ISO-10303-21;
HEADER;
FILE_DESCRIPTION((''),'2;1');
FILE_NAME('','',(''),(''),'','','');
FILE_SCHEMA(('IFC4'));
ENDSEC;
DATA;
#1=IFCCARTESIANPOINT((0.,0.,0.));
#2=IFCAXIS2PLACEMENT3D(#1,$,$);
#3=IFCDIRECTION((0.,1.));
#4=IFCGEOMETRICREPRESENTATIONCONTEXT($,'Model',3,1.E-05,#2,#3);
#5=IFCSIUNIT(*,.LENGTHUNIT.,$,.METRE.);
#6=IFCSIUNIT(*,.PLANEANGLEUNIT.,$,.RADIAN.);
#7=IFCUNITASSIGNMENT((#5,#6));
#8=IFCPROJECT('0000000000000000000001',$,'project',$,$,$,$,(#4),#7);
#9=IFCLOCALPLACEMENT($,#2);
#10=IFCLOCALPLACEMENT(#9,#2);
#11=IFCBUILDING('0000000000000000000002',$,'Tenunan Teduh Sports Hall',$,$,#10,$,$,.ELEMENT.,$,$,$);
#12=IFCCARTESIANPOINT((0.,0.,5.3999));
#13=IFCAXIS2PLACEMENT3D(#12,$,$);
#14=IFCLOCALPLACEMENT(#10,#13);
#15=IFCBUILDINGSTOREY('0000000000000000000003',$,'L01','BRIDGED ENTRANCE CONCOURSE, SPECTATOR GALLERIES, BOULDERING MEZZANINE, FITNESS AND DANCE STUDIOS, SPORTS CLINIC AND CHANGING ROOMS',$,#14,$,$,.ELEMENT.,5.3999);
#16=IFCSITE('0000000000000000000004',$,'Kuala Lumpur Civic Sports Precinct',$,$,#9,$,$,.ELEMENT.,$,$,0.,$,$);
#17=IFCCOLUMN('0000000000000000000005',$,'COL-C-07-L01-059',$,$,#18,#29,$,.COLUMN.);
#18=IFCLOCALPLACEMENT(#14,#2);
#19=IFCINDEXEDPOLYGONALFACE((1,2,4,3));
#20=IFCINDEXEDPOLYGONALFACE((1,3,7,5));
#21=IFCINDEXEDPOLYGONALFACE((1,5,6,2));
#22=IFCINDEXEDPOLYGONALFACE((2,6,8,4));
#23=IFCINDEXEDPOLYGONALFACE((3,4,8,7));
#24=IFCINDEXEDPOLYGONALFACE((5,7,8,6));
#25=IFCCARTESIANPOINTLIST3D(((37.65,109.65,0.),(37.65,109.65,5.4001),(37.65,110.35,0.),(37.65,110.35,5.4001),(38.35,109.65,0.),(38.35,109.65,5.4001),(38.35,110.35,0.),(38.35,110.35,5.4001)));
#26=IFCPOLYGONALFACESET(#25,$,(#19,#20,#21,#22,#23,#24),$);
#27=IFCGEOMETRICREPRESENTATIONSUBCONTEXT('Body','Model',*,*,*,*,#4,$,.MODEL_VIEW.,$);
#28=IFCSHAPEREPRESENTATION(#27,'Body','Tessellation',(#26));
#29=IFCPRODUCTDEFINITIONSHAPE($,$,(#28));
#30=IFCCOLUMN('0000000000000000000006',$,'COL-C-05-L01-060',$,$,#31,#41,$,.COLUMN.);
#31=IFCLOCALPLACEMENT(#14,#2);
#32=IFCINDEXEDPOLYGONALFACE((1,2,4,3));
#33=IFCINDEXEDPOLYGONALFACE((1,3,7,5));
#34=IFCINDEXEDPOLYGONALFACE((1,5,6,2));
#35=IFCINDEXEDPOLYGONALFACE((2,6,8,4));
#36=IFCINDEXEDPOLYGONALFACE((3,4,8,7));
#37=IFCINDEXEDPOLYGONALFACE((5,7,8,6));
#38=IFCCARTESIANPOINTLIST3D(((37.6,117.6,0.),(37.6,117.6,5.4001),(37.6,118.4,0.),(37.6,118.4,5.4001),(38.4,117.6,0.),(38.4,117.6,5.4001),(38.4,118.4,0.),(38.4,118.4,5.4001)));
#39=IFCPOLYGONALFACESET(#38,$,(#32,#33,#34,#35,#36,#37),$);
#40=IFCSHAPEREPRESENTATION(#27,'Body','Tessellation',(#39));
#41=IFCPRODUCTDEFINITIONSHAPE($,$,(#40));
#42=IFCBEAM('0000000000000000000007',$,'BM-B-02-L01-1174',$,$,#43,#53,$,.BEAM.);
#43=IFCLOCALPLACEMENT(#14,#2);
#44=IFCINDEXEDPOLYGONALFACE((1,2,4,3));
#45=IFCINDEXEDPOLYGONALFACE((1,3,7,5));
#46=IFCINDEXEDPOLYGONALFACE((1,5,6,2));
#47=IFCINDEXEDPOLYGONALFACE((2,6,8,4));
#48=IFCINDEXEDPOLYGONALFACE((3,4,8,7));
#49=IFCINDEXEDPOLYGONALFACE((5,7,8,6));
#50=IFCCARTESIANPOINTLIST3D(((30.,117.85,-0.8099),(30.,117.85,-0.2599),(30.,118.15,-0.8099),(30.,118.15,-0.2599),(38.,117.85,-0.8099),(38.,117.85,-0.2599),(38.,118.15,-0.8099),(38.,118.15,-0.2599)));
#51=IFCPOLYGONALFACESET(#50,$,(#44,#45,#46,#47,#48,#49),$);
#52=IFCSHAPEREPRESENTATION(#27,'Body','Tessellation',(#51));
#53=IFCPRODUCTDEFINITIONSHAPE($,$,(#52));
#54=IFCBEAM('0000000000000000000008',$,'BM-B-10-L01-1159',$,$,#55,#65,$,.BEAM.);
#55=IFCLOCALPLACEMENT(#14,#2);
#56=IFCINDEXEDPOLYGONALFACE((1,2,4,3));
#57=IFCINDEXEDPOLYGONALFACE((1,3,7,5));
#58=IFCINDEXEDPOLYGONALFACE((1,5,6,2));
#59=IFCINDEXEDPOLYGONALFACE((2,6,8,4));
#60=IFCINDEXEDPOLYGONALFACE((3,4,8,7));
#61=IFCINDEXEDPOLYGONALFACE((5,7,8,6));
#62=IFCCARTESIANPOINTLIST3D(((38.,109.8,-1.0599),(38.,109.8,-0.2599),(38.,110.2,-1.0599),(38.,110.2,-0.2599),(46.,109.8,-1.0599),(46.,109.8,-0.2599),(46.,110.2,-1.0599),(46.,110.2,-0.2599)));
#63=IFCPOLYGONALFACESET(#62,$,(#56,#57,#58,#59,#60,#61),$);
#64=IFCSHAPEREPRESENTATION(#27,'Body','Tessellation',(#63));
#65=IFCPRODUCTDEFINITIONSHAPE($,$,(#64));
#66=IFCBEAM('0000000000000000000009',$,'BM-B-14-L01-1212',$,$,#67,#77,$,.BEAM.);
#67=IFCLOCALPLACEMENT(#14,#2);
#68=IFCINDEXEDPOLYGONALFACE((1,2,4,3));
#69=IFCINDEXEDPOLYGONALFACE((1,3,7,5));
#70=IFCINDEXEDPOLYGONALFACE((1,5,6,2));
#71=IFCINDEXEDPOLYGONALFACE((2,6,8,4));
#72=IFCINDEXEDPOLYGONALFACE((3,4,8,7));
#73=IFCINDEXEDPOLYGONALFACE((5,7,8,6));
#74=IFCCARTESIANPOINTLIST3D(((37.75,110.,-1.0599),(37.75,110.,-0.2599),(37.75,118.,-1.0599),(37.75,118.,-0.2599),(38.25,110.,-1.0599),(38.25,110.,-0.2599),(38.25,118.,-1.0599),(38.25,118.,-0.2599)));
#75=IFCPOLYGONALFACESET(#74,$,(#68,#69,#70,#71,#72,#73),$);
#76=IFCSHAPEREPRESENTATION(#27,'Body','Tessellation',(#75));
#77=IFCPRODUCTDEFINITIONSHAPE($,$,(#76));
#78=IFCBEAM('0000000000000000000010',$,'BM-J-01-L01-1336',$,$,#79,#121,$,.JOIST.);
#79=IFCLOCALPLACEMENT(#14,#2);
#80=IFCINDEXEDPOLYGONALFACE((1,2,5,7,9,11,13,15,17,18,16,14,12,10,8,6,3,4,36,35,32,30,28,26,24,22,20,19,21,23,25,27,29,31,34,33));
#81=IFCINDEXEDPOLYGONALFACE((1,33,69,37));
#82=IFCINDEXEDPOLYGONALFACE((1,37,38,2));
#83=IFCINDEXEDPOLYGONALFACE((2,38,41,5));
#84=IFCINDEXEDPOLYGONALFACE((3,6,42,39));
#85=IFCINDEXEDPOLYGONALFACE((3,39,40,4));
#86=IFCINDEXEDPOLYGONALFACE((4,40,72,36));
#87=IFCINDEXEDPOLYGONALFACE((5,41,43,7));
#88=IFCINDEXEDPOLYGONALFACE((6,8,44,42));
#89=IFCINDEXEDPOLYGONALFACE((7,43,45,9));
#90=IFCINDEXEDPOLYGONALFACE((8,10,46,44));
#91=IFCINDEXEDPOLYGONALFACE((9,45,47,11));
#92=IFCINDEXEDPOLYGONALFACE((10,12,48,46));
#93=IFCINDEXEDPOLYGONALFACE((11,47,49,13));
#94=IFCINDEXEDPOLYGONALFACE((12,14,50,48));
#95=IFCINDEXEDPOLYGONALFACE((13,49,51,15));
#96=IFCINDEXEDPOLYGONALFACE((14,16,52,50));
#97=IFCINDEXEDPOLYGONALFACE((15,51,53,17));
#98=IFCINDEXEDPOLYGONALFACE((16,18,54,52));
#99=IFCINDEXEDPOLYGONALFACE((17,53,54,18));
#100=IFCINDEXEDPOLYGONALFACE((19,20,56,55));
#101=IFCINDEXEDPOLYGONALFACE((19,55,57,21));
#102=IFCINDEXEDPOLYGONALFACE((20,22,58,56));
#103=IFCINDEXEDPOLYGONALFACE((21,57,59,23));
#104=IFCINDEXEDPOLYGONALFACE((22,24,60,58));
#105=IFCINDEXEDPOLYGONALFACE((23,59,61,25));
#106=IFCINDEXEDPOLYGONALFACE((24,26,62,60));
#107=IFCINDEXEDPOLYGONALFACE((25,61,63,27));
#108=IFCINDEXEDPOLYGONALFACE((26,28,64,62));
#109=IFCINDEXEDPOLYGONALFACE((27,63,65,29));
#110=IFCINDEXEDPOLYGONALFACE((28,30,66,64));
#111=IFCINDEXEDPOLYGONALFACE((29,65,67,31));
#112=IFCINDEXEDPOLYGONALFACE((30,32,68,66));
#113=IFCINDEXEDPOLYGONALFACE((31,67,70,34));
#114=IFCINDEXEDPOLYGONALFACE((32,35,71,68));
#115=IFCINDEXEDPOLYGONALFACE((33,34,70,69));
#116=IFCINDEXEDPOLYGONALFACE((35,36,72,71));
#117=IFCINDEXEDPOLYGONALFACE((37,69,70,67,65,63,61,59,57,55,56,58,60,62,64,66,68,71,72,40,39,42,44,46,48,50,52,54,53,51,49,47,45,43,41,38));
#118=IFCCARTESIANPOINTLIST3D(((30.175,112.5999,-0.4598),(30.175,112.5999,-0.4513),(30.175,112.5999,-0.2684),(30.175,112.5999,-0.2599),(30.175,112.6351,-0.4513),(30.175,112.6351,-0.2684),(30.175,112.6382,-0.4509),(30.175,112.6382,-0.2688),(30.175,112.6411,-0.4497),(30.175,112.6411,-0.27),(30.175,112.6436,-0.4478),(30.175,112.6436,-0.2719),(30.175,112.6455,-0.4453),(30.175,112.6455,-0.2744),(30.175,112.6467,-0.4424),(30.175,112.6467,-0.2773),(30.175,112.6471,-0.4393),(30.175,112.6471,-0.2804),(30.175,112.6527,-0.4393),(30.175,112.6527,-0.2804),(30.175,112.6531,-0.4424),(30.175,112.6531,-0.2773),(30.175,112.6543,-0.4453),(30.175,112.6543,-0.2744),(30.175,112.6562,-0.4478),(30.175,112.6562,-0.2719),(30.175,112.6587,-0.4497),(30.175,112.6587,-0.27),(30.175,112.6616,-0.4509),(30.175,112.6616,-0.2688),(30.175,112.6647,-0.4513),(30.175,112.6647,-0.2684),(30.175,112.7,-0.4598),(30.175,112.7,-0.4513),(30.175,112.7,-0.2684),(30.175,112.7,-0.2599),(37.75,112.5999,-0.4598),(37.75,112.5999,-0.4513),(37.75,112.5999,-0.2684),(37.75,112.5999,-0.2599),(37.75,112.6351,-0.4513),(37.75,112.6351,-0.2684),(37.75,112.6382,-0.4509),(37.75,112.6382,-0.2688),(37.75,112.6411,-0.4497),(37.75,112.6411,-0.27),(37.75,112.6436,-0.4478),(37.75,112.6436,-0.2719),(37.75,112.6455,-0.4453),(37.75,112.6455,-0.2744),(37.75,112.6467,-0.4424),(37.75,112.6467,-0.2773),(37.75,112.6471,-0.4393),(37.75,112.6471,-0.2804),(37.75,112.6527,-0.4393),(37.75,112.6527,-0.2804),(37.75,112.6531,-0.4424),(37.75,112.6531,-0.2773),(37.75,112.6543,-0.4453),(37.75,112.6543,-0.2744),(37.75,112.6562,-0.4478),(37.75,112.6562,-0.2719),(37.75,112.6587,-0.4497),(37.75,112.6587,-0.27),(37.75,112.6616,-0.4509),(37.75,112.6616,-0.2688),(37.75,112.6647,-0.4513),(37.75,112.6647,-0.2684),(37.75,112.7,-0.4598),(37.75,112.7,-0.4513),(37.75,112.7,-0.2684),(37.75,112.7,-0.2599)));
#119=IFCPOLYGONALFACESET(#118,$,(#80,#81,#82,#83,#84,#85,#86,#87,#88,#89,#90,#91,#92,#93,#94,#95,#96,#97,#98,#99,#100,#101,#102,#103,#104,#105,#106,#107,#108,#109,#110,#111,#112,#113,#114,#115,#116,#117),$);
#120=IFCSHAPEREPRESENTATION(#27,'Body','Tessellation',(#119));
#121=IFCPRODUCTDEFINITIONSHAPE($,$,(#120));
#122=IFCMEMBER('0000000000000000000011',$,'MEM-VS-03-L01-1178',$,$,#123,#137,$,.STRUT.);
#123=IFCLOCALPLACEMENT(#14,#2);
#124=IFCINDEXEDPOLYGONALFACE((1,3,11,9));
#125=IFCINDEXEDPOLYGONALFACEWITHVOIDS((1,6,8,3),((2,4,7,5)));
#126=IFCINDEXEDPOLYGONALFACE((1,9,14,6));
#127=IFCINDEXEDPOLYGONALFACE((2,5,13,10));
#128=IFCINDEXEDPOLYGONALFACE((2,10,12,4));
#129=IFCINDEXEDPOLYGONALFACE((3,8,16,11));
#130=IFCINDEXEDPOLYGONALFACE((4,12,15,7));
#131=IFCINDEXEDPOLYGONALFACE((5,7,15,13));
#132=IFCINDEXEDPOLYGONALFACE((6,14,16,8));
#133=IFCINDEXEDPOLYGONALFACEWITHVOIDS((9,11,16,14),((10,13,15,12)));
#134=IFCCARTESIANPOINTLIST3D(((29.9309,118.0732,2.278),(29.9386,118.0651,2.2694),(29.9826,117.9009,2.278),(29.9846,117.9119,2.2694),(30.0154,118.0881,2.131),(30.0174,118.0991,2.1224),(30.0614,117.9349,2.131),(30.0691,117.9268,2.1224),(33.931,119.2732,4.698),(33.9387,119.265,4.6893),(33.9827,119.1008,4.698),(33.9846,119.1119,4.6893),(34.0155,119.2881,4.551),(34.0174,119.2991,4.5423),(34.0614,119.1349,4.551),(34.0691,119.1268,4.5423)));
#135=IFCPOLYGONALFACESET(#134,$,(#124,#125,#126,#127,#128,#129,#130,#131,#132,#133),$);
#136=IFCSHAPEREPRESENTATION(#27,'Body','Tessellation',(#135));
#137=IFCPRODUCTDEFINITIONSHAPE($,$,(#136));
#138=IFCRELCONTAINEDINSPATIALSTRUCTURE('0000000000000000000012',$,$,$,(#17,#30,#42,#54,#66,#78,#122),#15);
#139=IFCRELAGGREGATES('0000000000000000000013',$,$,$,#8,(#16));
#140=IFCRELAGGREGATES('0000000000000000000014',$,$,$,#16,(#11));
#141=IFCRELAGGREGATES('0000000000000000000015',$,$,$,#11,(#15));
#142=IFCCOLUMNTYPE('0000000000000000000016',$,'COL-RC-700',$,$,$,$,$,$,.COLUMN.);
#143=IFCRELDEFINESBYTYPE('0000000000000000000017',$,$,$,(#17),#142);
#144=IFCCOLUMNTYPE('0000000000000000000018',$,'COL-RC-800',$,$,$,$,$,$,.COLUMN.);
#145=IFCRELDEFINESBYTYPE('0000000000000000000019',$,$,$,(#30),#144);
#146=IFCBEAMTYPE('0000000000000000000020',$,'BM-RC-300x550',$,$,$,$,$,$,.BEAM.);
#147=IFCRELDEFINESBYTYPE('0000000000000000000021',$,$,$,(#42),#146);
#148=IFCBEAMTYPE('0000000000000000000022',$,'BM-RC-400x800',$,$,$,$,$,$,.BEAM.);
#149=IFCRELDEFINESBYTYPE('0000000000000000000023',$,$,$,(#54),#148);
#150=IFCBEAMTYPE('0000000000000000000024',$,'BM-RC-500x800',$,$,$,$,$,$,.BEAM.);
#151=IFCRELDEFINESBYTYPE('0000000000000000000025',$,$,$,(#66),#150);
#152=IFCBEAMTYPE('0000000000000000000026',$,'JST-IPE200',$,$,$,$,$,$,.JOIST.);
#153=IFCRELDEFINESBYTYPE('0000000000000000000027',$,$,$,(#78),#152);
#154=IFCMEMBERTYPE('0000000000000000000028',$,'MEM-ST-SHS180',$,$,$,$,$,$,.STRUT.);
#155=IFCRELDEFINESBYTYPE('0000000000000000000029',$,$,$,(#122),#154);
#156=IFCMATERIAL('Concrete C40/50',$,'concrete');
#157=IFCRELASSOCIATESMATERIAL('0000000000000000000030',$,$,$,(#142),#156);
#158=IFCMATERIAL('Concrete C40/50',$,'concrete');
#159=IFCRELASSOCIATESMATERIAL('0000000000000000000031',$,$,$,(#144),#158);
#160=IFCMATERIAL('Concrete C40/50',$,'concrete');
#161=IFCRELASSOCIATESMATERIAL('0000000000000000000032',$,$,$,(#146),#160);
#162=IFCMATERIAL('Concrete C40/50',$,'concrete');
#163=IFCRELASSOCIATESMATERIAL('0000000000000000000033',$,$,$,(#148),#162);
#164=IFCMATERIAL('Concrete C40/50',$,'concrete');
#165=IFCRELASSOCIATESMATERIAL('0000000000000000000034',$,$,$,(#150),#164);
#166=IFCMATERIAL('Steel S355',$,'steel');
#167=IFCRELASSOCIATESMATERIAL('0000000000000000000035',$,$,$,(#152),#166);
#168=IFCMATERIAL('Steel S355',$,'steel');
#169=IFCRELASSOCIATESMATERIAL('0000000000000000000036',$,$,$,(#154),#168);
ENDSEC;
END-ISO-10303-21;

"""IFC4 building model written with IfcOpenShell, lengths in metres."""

from ifc_helpers import new_model, si_unit, direction, frame, origin, origin_2d, place, context, subcontext, project, spatial, rectangle, hollow_rectangle, i_section, extrude, material, material_profile, profile_set, type_object, element, save


model = new_model("IFC4")

# Units and contexts
model_context = context("Model", 3, precision=1e-05, world=origin(), true_north=direction((0.0, 1.0)))
body_context = subcontext(model_context, "Body", "Model", "MODEL_VIEW")
ifc_project = project(units=[si_unit("LENGTHUNIT", "METRE"), si_unit("PLANEANGLEUNIT", "RADIAN")], contexts=[model_context])

# Site, building, storey
site_placement = place(None, origin())
site = spatial("IfcSite", under=ifc_project, at=site_placement, Name="Kuala Lumpur Civic Sports Precinct", CompositionType="ELEMENT", RefElevation=0.0)
building_placement = place(site_placement, origin())
building = spatial("IfcBuilding", under=site, at=building_placement, Name="Tenunan Teduh Sports Hall", CompositionType="ELEMENT")
storey_placement = place(building_placement, frame((0.0, 0.0, 5.3999)))
storey = spatial("IfcBuildingStorey", under=building, at=storey_placement, Name="L01", Description="BRIDGED ENTRANCE CONCOURSE, SPECTATOR GALLERIES, BOULDERING MEZZANINE, FITNESS AND DANCE STUDIOS, SPORTS CLINIC AND CHANGING ROOMS", CompositionType="ELEMENT", Elevation=5.3999)

# Columns
ifc_material_1 = material(Name="Concrete C40/50", Category="concrete")
ifc_material_profile_1 = material_profile(ifc_material_1, rectangle(XDim=0.7, YDim=0.7, at=origin_2d()), Name="RC 700x700")
ifc_profile_set_1 = profile_set([ifc_material_profile_1], Name="Concrete C40/50")
column_type_1 = type_object("IfcColumnType", Name="COL-RC-700", PredefinedType="COLUMN", material=ifc_profile_set_1)
column_1_placement = place(storey_placement, frame((38.0, 110.0, 0.0), z_axis=(0.0, 0.0, 1.0), x_axis=(1.0, 0.0, 0.0)))
element("IfcColumn", 1, at=column_1_placement, inside=storey, type_object=column_type_1, Name="COL-C-07-L01-059", PredefinedType="COLUMN", context=body_context, shape_type="SweptSolid", body=[
    extrude(rectangle(XDim=0.7, YDim=0.7, at=origin_2d()), origin(), (0.0, 0.0, 1.0), 5.4001),
])
ifc_material_2 = material(Name="Concrete C40/50", Category="concrete")
ifc_material_profile_2 = material_profile(ifc_material_2, rectangle(XDim=0.8, YDim=0.8, at=origin_2d()), Name="RC 800x800")
ifc_profile_set_2 = profile_set([ifc_material_profile_2], Name="Concrete C40/50")
column_type_2 = type_object("IfcColumnType", Name="COL-RC-800", PredefinedType="COLUMN", material=ifc_profile_set_2)
column_2_placement = place(storey_placement, frame((38.0, 118.0, 0.0), z_axis=(0.0, 0.0, 1.0), x_axis=(1.0, 0.0, 0.0)))
element("IfcColumn", 2, at=column_2_placement, inside=storey, type_object=column_type_2, Name="COL-C-05-L01-060", PredefinedType="COLUMN", context=body_context, shape_type="SweptSolid", body=[
    extrude(rectangle(XDim=0.8, YDim=0.8, at=origin_2d()), origin(), (0.0, 0.0, 1.0), 5.4001),
])

# Beams
ifc_material_3 = material(Name="Concrete C40/50", Category="concrete")
ifc_material_profile_3 = material_profile(ifc_material_3, rectangle(XDim=0.3, YDim=0.55, at=origin_2d()), Name="RCB 300x550")
ifc_profile_set_3 = profile_set([ifc_material_profile_3], Name="Concrete C40/50")
beam_type_1 = type_object("IfcBeamType", Name="BM-RC-300x550", PredefinedType="BEAM", material=ifc_profile_set_3)
beam_1_placement = place(storey_placement, frame((30.0, 118.0, -0.5349), z_axis=(1.0, 0.0, 0.0), x_axis=(0.0, 1.0, 0.0)))
element("IfcBeam", 3, at=beam_1_placement, inside=storey, type_object=beam_type_1, Name="BM-B-02-L01-1174", PredefinedType="BEAM", context=body_context, shape_type="SweptSolid", body=[
    extrude(rectangle(XDim=0.3, YDim=0.55, at=origin_2d()), origin(), (0.0, 0.0, 1.0), 8.0),
])
ifc_material_4 = material(Name="Concrete C40/50", Category="concrete")
ifc_material_profile_4 = material_profile(ifc_material_4, rectangle(XDim=0.3999, YDim=0.8, at=origin_2d()), Name="RCB 400x800")
ifc_profile_set_4 = profile_set([ifc_material_profile_4], Name="Concrete C40/50")
beam_type_2 = type_object("IfcBeamType", Name="BM-RC-400x800", PredefinedType="BEAM", material=ifc_profile_set_4)
beam_2_placement = place(storey_placement, frame((38.0, 110.0, -0.6599), z_axis=(1.0, 0.0, 0.0), x_axis=(0.0, 1.0, 0.0)))
element("IfcBeam", 4, at=beam_2_placement, inside=storey, type_object=beam_type_2, Name="BM-B-10-L01-1159", PredefinedType="BEAM", context=body_context, shape_type="SweptSolid", body=[
    extrude(rectangle(XDim=0.3999, YDim=0.8, at=origin_2d()), origin(), (0.0, 0.0, 1.0), 8.0),
])
ifc_material_5 = material(Name="Concrete C40/50", Category="concrete")
ifc_material_profile_5 = material_profile(ifc_material_5, rectangle(XDim=0.5, YDim=0.8, at=origin_2d()), Name="RCB 500x800")
ifc_profile_set_5 = profile_set([ifc_material_profile_5], Name="Concrete C40/50")
beam_type_3 = type_object("IfcBeamType", Name="BM-RC-500x800", PredefinedType="BEAM", material=ifc_profile_set_5)
beam_3_placement = place(storey_placement, frame((38.0, 110.0, -0.6599), z_axis=(0.0, 1.0, 0.0), x_axis=(-1.0, 0.0, 0.0)))
element("IfcBeam", 5, at=beam_3_placement, inside=storey, type_object=beam_type_3, Name="BM-B-14-L01-1212", PredefinedType="BEAM", context=body_context, shape_type="SweptSolid", body=[
    extrude(rectangle(XDim=0.5, YDim=0.8, at=origin_2d()), origin(), (0.0, 0.0, 1.0), 8.0),
])
ifc_material_6 = material(Name="Steel S355", Category="steel")
ifc_material_profile_6 = material_profile(ifc_material_6, i_section(OverallWidth=0.1001, OverallDepth=0.2, WebThickness=0.0056, FlangeThickness=0.0085, FilletRadius=0.012, at=origin_2d()), Name="IPE 200")
ifc_profile_set_6 = profile_set([ifc_material_profile_6], Name="Steel S355")
beam_type_4 = type_object("IfcBeamType", Name="JST-IPE200", PredefinedType="JOIST", material=ifc_profile_set_6)
beam_4_placement = place(storey_placement, frame((30.175, 112.6499, -0.3599), z_axis=(1.0, 0.0, 0.0), x_axis=(0.0, 1.0, 0.0)))
element("IfcBeam", 6, at=beam_4_placement, inside=storey, type_object=beam_type_4, Name="BM-J-01-L01-1336", PredefinedType="JOIST", context=body_context, shape_type="SweptSolid", body=[
    extrude(i_section(OverallWidth=0.1001, OverallDepth=0.2, WebThickness=0.0056, FlangeThickness=0.0085, FilletRadius=0.012, at=origin_2d()), origin(), (0.0, 0.0, 1.0), 7.575),
])

# Member
ifc_material_7 = material(Name="Steel S355", Category="steel")
ifc_material_profile_7 = material_profile(ifc_material_7, hollow_rectangle(XDim=0.1799, YDim=0.1799, WallThickness=0.01, at=origin_2d()), Name="SHS 180x180x10.0")
ifc_profile_set_7 = profile_set([ifc_material_profile_7], Name="Steel S355")
member_type = type_object("IfcMemberType", Name="MEM-ST-SHS180", PredefinedType="STRUT", material=ifc_profile_set_7)
member_placement = place(storey_placement, frame((30.0, 118.0, 2.2002), z_axis=(0.828744, 0.248613, 0.501374), x_axis=(-0.287337, 0.95783, 0.0)))
element("IfcMember", 7, at=member_placement, inside=storey, type_object=member_type, Name="MEM-VS-03-L01-1178", PredefinedType="STRUT", context=body_context, shape_type="SweptSolid", body=[
    extrude(hollow_rectangle(XDim=0.1799, YDim=0.1799, WallThickness=0.01, at=origin_2d()), origin(), (0.0, 0.0, 1.0), 4.8267),
])

save(model, "model.ifc")
